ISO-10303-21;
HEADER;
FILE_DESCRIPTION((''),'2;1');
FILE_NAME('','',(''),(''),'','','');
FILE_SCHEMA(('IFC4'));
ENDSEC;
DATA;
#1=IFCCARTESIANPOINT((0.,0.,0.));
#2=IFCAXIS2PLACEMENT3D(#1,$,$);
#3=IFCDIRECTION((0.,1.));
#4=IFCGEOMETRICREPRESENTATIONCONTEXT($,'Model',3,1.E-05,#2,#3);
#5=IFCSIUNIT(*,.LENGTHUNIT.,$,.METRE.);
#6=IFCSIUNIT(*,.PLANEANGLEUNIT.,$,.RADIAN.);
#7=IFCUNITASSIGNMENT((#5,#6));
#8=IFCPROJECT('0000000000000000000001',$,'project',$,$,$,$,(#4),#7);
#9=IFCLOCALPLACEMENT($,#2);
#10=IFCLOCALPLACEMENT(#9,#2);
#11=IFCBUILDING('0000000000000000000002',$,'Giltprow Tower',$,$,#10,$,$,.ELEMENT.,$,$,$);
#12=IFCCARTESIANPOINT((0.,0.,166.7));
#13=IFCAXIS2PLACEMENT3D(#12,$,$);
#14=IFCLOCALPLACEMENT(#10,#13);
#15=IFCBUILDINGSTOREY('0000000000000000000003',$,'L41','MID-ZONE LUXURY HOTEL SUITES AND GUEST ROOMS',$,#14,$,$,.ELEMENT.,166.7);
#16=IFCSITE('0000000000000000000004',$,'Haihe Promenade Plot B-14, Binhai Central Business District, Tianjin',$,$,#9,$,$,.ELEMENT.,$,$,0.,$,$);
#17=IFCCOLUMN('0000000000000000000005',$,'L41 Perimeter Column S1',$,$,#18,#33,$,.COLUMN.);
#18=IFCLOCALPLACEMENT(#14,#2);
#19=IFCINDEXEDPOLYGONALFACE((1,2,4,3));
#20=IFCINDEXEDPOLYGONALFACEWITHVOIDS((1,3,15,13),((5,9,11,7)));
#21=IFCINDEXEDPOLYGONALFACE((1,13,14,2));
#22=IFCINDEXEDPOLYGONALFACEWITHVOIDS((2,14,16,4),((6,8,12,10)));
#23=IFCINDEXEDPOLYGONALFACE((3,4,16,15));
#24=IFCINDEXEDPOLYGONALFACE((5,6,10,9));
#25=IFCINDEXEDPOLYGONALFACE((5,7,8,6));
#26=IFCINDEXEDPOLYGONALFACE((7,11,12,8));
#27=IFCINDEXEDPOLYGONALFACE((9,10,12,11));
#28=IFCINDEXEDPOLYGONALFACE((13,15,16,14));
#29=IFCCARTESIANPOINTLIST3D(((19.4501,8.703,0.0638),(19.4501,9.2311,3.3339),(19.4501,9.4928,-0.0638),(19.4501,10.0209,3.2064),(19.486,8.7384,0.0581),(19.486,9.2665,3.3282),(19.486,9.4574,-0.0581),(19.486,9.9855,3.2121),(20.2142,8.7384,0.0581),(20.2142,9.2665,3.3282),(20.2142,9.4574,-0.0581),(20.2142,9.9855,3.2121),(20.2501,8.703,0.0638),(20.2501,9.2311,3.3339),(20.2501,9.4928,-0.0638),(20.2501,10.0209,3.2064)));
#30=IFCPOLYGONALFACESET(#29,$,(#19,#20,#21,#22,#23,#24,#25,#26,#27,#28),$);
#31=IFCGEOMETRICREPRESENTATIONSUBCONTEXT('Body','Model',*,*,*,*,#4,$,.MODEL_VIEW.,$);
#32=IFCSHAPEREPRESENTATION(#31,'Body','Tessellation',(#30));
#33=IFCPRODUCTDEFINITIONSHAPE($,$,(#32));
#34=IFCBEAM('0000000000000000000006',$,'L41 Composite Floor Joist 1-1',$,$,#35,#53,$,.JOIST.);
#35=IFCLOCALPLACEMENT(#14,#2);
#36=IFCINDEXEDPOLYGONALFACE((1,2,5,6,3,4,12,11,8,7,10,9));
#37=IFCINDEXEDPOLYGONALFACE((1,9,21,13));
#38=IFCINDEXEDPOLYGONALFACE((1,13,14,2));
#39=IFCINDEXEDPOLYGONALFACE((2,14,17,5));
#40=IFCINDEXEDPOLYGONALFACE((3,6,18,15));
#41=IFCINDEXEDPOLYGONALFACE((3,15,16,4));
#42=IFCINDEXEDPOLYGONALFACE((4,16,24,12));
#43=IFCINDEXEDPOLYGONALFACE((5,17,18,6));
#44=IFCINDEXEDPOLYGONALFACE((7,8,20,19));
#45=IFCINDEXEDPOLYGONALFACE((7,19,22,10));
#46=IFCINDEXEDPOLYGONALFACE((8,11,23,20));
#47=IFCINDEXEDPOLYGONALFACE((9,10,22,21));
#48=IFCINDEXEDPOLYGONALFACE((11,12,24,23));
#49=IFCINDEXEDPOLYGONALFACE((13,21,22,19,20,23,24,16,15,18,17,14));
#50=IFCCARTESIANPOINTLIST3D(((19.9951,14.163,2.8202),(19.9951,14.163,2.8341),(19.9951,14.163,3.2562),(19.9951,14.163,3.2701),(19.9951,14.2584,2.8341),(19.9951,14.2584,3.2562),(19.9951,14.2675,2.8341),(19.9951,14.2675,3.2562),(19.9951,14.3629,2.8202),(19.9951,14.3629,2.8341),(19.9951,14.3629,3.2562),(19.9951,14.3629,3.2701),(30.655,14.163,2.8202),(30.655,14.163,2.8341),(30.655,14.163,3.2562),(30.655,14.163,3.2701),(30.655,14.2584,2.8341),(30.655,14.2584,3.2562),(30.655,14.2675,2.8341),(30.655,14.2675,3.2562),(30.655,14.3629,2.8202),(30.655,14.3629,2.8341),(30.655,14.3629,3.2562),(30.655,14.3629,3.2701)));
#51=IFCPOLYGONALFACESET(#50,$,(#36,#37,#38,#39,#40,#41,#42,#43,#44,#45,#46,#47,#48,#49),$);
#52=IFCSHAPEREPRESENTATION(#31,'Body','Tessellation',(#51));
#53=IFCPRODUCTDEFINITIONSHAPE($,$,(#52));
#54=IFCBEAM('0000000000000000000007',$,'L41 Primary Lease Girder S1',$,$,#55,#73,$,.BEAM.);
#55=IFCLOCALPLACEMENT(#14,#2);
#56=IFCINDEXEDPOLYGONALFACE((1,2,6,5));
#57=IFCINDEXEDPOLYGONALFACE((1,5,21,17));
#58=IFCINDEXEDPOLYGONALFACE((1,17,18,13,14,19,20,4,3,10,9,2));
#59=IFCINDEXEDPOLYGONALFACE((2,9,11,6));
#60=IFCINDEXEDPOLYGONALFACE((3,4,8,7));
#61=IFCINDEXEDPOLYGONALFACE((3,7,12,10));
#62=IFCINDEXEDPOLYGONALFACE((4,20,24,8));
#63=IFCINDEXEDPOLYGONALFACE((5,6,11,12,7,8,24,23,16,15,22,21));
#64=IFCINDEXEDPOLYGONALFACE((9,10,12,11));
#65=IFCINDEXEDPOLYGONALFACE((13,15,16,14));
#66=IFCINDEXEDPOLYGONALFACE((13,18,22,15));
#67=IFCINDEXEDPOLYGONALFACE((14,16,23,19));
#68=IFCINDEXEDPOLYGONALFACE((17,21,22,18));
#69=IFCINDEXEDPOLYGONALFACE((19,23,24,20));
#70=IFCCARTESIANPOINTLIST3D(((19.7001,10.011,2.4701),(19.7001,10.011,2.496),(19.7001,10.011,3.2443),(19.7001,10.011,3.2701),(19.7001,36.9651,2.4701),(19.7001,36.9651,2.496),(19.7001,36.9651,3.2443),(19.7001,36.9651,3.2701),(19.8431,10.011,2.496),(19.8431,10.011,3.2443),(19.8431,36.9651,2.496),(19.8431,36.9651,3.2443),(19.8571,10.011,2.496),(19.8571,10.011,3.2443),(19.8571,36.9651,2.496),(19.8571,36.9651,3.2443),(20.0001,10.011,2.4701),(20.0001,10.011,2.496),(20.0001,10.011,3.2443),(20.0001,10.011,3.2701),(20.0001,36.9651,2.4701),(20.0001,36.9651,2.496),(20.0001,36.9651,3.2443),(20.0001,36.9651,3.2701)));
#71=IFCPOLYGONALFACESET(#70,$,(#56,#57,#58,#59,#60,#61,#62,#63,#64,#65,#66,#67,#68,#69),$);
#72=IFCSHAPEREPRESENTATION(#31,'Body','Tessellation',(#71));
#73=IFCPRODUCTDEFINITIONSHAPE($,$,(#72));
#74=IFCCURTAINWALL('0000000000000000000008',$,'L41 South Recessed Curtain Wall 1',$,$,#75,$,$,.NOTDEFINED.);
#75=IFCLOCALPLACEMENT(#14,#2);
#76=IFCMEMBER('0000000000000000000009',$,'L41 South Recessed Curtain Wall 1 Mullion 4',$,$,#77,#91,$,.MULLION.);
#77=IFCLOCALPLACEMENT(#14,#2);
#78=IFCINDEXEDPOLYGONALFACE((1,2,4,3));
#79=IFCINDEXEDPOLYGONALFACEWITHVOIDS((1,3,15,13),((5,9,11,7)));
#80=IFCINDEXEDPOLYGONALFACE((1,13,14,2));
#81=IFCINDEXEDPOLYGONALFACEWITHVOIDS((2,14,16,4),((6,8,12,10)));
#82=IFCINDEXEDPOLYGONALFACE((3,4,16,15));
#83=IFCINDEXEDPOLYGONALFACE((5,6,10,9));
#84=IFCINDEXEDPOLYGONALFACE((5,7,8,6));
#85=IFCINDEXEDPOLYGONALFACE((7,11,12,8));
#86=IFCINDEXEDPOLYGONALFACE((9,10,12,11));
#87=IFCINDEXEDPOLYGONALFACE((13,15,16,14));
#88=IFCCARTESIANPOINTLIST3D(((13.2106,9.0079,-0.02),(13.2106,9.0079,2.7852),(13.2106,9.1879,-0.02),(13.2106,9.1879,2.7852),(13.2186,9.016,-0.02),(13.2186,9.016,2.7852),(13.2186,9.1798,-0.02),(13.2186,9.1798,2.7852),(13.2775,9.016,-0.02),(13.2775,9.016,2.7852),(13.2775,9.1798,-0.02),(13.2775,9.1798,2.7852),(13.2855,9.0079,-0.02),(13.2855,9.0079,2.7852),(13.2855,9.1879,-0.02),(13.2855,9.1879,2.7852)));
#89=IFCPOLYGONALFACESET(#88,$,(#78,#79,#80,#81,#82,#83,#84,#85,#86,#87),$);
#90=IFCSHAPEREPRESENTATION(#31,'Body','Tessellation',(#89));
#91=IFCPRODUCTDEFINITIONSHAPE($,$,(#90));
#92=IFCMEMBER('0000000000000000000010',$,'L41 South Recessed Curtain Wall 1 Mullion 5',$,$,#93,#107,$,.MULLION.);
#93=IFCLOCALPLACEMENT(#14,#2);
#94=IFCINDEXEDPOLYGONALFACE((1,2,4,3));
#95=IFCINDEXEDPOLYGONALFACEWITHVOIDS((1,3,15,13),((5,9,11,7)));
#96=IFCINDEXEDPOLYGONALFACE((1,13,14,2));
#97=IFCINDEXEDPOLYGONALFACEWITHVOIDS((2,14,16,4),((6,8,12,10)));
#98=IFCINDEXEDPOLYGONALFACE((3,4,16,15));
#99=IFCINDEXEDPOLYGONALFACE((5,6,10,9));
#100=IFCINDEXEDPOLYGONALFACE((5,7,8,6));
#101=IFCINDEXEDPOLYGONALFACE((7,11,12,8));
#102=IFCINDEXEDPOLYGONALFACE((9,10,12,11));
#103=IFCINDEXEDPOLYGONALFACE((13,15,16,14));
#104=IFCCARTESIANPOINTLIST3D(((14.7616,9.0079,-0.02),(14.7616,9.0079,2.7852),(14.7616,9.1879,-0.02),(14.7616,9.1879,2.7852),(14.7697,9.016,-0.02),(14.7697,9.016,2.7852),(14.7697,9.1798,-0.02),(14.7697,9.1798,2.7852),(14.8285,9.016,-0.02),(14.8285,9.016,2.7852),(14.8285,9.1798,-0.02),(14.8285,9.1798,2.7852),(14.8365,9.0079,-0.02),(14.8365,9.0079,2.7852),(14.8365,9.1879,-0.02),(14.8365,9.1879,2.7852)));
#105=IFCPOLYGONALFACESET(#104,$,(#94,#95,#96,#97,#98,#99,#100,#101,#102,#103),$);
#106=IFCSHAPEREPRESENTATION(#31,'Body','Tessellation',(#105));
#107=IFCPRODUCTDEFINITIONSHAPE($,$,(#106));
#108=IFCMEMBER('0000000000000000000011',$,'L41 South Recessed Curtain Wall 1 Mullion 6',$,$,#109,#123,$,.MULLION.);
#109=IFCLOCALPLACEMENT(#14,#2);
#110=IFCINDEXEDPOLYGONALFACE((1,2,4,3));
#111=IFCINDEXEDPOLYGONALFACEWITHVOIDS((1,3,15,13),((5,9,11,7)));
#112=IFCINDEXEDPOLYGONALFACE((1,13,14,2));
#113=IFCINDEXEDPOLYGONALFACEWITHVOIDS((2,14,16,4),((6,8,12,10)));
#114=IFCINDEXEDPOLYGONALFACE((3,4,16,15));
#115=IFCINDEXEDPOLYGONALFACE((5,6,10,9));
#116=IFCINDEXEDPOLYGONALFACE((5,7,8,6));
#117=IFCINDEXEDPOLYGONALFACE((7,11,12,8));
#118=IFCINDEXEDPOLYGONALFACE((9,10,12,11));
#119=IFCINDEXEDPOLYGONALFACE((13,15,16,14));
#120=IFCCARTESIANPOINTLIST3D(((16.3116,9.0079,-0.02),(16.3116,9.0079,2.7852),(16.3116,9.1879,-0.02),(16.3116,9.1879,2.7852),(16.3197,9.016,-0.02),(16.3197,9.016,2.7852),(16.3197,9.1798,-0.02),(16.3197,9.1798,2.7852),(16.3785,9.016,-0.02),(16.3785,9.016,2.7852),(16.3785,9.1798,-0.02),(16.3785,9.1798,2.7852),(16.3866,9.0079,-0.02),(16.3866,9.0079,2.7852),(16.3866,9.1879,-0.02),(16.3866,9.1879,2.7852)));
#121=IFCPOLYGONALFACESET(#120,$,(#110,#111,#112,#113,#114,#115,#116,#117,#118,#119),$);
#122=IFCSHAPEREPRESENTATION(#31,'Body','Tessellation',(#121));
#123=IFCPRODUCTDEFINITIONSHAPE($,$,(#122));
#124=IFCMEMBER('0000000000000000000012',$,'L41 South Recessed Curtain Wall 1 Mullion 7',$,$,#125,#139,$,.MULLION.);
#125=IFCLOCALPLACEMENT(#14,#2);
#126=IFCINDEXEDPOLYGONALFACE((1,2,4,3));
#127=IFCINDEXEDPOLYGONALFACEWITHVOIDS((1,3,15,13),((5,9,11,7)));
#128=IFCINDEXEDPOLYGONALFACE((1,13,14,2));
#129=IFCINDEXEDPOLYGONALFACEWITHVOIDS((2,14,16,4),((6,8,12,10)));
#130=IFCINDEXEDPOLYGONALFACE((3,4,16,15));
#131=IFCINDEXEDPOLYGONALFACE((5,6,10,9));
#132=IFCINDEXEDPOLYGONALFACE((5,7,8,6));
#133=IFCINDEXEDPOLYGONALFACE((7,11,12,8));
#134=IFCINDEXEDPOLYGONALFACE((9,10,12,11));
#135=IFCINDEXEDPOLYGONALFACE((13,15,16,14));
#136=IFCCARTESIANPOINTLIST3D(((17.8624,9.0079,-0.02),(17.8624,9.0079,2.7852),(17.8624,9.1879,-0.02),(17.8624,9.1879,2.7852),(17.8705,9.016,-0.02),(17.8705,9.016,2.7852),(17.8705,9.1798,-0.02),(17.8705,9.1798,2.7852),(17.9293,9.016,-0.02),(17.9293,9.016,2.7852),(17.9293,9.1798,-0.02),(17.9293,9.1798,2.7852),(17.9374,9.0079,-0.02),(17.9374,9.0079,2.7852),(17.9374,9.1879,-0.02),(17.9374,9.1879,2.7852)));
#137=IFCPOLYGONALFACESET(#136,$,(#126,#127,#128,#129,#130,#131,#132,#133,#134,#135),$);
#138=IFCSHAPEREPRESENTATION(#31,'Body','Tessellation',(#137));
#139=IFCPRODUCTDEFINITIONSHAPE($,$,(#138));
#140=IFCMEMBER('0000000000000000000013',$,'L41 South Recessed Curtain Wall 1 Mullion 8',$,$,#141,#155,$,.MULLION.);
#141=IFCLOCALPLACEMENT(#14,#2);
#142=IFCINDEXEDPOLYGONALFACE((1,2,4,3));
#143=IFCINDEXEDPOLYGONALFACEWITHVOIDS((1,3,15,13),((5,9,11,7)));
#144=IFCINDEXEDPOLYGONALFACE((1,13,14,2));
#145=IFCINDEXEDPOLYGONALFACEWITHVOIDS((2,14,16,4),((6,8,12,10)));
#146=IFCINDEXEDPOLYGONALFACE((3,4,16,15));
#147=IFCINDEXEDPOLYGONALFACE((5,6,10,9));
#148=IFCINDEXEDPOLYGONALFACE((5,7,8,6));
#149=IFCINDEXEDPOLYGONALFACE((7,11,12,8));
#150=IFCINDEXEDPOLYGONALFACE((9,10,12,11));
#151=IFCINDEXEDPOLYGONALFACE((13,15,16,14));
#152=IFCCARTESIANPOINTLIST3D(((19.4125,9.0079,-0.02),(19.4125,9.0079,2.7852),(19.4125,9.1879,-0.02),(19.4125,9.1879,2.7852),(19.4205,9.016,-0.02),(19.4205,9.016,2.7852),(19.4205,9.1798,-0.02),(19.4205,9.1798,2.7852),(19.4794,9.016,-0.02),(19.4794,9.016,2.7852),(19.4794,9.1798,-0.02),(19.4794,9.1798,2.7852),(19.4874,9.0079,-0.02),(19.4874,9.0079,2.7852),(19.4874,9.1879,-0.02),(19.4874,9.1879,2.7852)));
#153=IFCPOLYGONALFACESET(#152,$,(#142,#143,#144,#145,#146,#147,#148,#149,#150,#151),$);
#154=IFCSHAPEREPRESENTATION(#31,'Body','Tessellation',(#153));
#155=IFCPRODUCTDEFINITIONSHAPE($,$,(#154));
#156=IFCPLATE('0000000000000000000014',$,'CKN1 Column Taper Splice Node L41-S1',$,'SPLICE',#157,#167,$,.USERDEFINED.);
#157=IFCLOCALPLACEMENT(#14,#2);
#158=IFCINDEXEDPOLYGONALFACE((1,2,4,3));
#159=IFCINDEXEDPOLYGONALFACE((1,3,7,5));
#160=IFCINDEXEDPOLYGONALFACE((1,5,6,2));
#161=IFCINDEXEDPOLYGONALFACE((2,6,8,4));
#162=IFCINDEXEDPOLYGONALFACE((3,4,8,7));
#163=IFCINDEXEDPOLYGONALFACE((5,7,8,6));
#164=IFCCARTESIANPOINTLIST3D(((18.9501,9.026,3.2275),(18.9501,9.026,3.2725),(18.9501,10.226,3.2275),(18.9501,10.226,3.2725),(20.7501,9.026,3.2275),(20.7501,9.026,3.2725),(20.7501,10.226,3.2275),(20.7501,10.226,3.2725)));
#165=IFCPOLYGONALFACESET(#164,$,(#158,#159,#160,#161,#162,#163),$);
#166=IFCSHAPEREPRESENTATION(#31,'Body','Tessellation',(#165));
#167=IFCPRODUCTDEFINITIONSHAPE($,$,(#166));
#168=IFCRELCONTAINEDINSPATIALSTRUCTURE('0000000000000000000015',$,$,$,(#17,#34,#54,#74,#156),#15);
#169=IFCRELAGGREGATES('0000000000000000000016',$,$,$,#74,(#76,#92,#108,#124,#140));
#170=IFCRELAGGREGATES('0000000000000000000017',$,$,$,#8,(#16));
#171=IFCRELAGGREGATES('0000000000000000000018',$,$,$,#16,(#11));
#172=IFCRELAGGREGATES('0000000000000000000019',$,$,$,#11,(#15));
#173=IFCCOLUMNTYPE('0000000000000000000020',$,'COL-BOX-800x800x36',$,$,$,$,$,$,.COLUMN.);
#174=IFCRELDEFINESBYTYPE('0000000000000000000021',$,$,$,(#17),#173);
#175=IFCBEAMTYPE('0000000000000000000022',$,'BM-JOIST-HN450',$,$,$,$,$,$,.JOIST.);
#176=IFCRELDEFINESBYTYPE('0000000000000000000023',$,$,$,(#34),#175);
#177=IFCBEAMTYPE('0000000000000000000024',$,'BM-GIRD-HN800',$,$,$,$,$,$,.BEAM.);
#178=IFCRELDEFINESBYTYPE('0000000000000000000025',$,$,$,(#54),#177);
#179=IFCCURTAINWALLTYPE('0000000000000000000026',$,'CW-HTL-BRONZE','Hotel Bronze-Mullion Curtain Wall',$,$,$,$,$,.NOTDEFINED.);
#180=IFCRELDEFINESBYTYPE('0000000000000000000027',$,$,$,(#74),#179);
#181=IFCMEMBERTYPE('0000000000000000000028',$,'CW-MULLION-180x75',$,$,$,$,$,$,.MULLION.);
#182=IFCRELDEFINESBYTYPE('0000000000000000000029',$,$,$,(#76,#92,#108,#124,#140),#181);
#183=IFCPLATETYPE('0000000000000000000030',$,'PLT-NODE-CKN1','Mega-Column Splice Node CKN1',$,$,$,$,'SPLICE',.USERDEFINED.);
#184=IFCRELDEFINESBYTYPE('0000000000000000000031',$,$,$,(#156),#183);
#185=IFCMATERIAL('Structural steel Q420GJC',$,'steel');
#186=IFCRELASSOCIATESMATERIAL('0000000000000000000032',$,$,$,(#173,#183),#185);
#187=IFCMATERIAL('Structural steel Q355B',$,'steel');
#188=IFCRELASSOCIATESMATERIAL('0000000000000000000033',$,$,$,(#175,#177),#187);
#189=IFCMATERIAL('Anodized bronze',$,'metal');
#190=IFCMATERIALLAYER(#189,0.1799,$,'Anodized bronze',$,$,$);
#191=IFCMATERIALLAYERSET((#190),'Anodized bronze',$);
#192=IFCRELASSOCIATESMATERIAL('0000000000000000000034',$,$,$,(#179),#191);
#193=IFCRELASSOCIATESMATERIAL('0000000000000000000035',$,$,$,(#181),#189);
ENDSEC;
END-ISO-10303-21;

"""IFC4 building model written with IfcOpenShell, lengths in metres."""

from ifc_helpers import new_model, si_unit, direction, frame, origin, origin_2d, place, context, subcontext, project, spatial, rectangle, hollow_rectangle, i_section, extrude, source, transform, mapped, material, layer, layer_set, material_profile, profile_set, type_object, element, aggregate, save


model = new_model("IFC4")

# Units and contexts
model_context = context("Model", 3, precision=1e-05, world=origin(), true_north=direction((0.0, 1.0)))
body_context = subcontext(model_context, "Body", "Model", "MODEL_VIEW")
ifc_project = project(units=[si_unit("LENGTHUNIT", "METRE"), si_unit("PLANEANGLEUNIT", "RADIAN")], contexts=[model_context])

# Site, building, storey
site_placement = place(None, origin())
site = spatial("IfcSite", under=ifc_project, at=site_placement, Name="Haihe Promenade Plot B-14, Binhai Central Business District, Tianjin", CompositionType="ELEMENT", RefElevation=0.0)
building_placement = place(site_placement, origin())
building = spatial("IfcBuilding", under=site, at=building_placement, Name="Giltprow Tower", CompositionType="ELEMENT")
storey_placement = place(building_placement, frame((0.0, 0.0, 166.7)))
storey = spatial("IfcBuildingStorey", under=building, at=storey_placement, Name="L41", Description="MID-ZONE LUXURY HOTEL SUITES AND GUEST ROOMS", CompositionType="ELEMENT", Elevation=166.7)

# Column
ifc_material_1 = material(Name="Structural steel Q420GJC", Category="steel")
ifc_material_profile_1 = material_profile(ifc_material_1, hollow_rectangle(XDim=0.8, YDim=0.8, WallThickness=0.0359, at=origin_2d()), Name="BOX 800x800x36")
ifc_profile_set_1 = profile_set([ifc_material_profile_1], Name="Structural steel Q420GJC")
column_type = type_object("IfcColumnType", Name="COL-BOX-800x800x36", PredefinedType="COLUMN", material=ifc_profile_set_1)
shared_shape_1 = source(origin(), body_context, "Body", "SweptSolid", [
    extrude(hollow_rectangle(XDim=0.8, YDim=0.8, WallThickness=0.0359, at=origin_2d()), origin(), (0.0, 0.0, 1.0), 3.3125),
])
column_placement = place(storey_placement, frame((19.8501, 9.0979, 0.0), z_axis=(0.0, 0.159425, 0.98721), x_axis=(-1.0, 0.0, 0.0)))
element("IfcColumn", 1, at=column_placement, inside=storey, type_object=column_type, Name="L41 Perimeter Column S1", PredefinedType="COLUMN", context=body_context, shape_type="MappedRepresentation", body=[
    mapped(shared_shape_1, transform((0.0, 0.0, 0.0), x_axis=(1.0, 0.0, 0.0), y_axis=(0.0, 1.0, 0.0), z_axis=(0.0, 0.0, 1.0), scale=1.0)),
])

# Beams
ifc_material_2 = material(Name="Structural steel Q355B", Category="steel")
ifc_material_profile_2 = material_profile(ifc_material_2, i_section(OverallWidth=0.2, OverallDepth=0.45, WebThickness=0.009, FlangeThickness=0.0139, at=origin_2d()), Name="HN 450x200x9x14")
ifc_profile_set_2 = profile_set([ifc_material_profile_2], Name="Structural steel Q355B")
beam_type_1 = type_object("IfcBeamType", Name="BM-JOIST-HN450", PredefinedType="JOIST", material=ifc_profile_set_2)
shared_shape_2 = source(origin(), body_context, "Body", "SweptSolid", [
    extrude(i_section(OverallWidth=0.2, OverallDepth=0.45, WebThickness=0.009, FlangeThickness=0.0139, at=origin_2d()), origin(), (0.0, 0.0, 1.0), 10.6599),
])
beam_1_placement = place(storey_placement, frame((19.9951, 14.2629, 3.0452), z_axis=(1.0, 0.0, 0.0), x_axis=(0.0, 1.0, 0.0)))
element("IfcBeam", 2, at=beam_1_placement, inside=storey, type_object=beam_type_1, Name="L41 Composite Floor Joist 1-1", PredefinedType="JOIST", context=body_context, shape_type="MappedRepresentation", body=[
    mapped(shared_shape_2, transform((0.0, 0.0, 0.0), x_axis=(1.0, 0.0, 0.0), y_axis=(0.0, 1.0, 0.0), z_axis=(0.0, 0.0, 1.0), scale=1.0)),
])
ifc_material_profile_3 = material_profile(ifc_material_2, i_section(OverallWidth=0.3, OverallDepth=0.8, WebThickness=0.0139, FlangeThickness=0.0259, at=origin_2d()), Name="HN 800x300x14x26")
ifc_profile_set_3 = profile_set([ifc_material_profile_3], Name="Structural steel Q355B")
beam_type_2 = type_object("IfcBeamType", Name="BM-GIRD-HN800", PredefinedType="BEAM", material=ifc_profile_set_3)
shared_shape_3 = source(origin(), body_context, "Body", "SweptSolid", [
    extrude(i_section(OverallWidth=0.3, OverallDepth=0.8, WebThickness=0.0139, FlangeThickness=0.0259, at=origin_2d()), origin(), (0.0, 0.0, 1.0), 26.9541),
])
beam_2_placement = place(storey_placement, frame((19.8501, 10.011, 2.8701), z_axis=(0.0, 1.0, 0.0), x_axis=(-1.0, 0.0, 0.0)))
element("IfcBeam", 3, at=beam_2_placement, inside=storey, type_object=beam_type_2, Name="L41 Primary Lease Girder S1", PredefinedType="BEAM", context=body_context, shape_type="MappedRepresentation", body=[
    mapped(shared_shape_3, transform((0.0, 0.0, 0.0), x_axis=(1.0, 0.0, 0.0), y_axis=(0.0, 1.0, 0.0), z_axis=(0.0, 0.0, 1.0), scale=1.0)),
])

# Curtain wall, members
ifc_material_3 = material(Name="Anodized bronze", Category="metal")
ifc_layer = layer(ifc_material_3, 0.1799, Name="Anodized bronze")
ifc_layer_set = layer_set([ifc_layer], Name="Anodized bronze")
curtain_wall_type = type_object("IfcCurtainWallType", Name="CW-HTL-BRONZE", Description="Hotel Bronze-Mullion Curtain Wall", PredefinedType="NOTDEFINED", material=ifc_layer_set)
curtain_wall_placement = place(storey_placement, origin())
curtain_wall = element("IfcCurtainWall", 4, at=curtain_wall_placement, inside=storey, type_object=curtain_wall_type, Name="L41 South Recessed Curtain Wall 1", PredefinedType="NOTDEFINED")
ifc_material_profile_4 = material_profile(ifc_material_3, hollow_rectangle(XDim=0.075, YDim=0.1799, WallThickness=0.0081, at=origin_2d()), Name="RHS 180x75x8")
ifc_profile_set_4 = profile_set([ifc_material_profile_4], Name="Anodized bronze")
member_type = type_object("IfcMemberType", Name="CW-MULLION-180x75", PredefinedType="MULLION", material=ifc_profile_set_4)
shared_shape_4 = source(origin(), body_context, "Body", "SweptSolid", [
    extrude(hollow_rectangle(XDim=0.075, YDim=0.1799, WallThickness=0.0081, at=origin_2d()), origin(), (0.0, 0.0, 1.0), 2.8052),
])
member_1_placement = place(storey_placement, frame((13.248, 9.0979, -0.02), z_axis=(0.0, 0.0, 1.0), x_axis=(1.0, 0.0, 0.0)))
member_1 = element("IfcMember", 5, at=member_1_placement, type_object=member_type, Name="L41 South Recessed Curtain Wall 1 Mullion 4", PredefinedType="MULLION", context=body_context, shape_type="MappedRepresentation", body=[
    mapped(shared_shape_4, transform((0.0, 0.0, 0.0), x_axis=(1.0, 0.0, 0.0), y_axis=(0.0, 1.0, 0.0), z_axis=(0.0, 0.0, 1.0), scale=1.0)),
])
member_2_placement = place(storey_placement, frame((14.7991, 9.0979, -0.02), z_axis=(0.0, 0.0, 1.0), x_axis=(1.0, 0.0, 0.0)))
member_2 = element("IfcMember", 6, at=member_2_placement, type_object=member_type, Name="L41 South Recessed Curtain Wall 1 Mullion 5", PredefinedType="MULLION", context=body_context, shape_type="MappedRepresentation", body=[
    mapped(shared_shape_4, transform((0.0, 0.0, 0.0), x_axis=(1.0, 0.0, 0.0), y_axis=(0.0, 1.0, 0.0), z_axis=(0.0, 0.0, 1.0), scale=1.0)),
])
member_3_placement = place(storey_placement, frame((16.3491, 9.0979, -0.02), z_axis=(0.0, 0.0, 1.0), x_axis=(1.0, 0.0, 0.0)))
member_3 = element("IfcMember", 7, at=member_3_placement, type_object=member_type, Name="L41 South Recessed Curtain Wall 1 Mullion 6", PredefinedType="MULLION", context=body_context, shape_type="MappedRepresentation", body=[
    mapped(shared_shape_4, transform((0.0, 0.0, 0.0), x_axis=(1.0, 0.0, 0.0), y_axis=(0.0, 1.0, 0.0), z_axis=(0.0, 0.0, 1.0), scale=1.0)),
])
member_4_placement = place(storey_placement, frame((17.8999, 9.0979, -0.02), z_axis=(0.0, 0.0, 1.0), x_axis=(1.0, 0.0, 0.0)))
member_4 = element("IfcMember", 8, at=member_4_placement, type_object=member_type, Name="L41 South Recessed Curtain Wall 1 Mullion 7", PredefinedType="MULLION", context=body_context, shape_type="MappedRepresentation", body=[
    mapped(shared_shape_4, transform((0.0, 0.0, 0.0), x_axis=(1.0, 0.0, 0.0), y_axis=(0.0, 1.0, 0.0), z_axis=(0.0, 0.0, 1.0), scale=1.0)),
])
member_5_placement = place(storey_placement, frame((19.45, 9.0979, -0.02), z_axis=(0.0, 0.0, 1.0), x_axis=(1.0, 0.0, 0.0)))
member_5 = element("IfcMember", 9, at=member_5_placement, type_object=member_type, Name="L41 South Recessed Curtain Wall 1 Mullion 8", PredefinedType="MULLION", context=body_context, shape_type="MappedRepresentation", body=[
    mapped(shared_shape_4, transform((0.0, 0.0, 0.0), x_axis=(1.0, 0.0, 0.0), y_axis=(0.0, 1.0, 0.0), z_axis=(0.0, 0.0, 1.0), scale=1.0)),
])

# Plate
plate_type_1 = type_object("IfcPlateType", Name="PLT-NODE-CKN1", Description="Mega-Column Splice Node CKN1", ElementType="SPLICE", PredefinedType="USERDEFINED", material=ifc_material_1)
shared_shape_5 = source(origin(), body_context, "Body", "SweptSolid", [
    extrude(rectangle(XDim=1.8, YDim=1.2, at=origin_2d()), origin(), (0.0, 0.0, 1.0), 0.0449),
])
plate_1_placement = place(storey_placement, frame((19.8501, 9.626, 3.2275), z_axis=(0.0, 0.0, 1.0), x_axis=(1.0, 0.0, 0.0)))
element("IfcPlate", 10, at=plate_1_placement, inside=storey, type_object=plate_type_1, Name="CKN1 Column Taper Splice Node L41-S1", ObjectType="SPLICE", PredefinedType="USERDEFINED", context=body_context, shape_type="MappedRepresentation", body=[
    mapped(shared_shape_5, transform((0.0, 0.0, 0.0), x_axis=(1.0, 0.0, 0.0), y_axis=(0.0, 1.0, 0.0), z_axis=(0.0, 0.0, 1.0), scale=1.0)),
])
aggregate(curtain_wall, [member_1, member_2, member_3, member_4, member_5])

save(model, "model.ifc")
